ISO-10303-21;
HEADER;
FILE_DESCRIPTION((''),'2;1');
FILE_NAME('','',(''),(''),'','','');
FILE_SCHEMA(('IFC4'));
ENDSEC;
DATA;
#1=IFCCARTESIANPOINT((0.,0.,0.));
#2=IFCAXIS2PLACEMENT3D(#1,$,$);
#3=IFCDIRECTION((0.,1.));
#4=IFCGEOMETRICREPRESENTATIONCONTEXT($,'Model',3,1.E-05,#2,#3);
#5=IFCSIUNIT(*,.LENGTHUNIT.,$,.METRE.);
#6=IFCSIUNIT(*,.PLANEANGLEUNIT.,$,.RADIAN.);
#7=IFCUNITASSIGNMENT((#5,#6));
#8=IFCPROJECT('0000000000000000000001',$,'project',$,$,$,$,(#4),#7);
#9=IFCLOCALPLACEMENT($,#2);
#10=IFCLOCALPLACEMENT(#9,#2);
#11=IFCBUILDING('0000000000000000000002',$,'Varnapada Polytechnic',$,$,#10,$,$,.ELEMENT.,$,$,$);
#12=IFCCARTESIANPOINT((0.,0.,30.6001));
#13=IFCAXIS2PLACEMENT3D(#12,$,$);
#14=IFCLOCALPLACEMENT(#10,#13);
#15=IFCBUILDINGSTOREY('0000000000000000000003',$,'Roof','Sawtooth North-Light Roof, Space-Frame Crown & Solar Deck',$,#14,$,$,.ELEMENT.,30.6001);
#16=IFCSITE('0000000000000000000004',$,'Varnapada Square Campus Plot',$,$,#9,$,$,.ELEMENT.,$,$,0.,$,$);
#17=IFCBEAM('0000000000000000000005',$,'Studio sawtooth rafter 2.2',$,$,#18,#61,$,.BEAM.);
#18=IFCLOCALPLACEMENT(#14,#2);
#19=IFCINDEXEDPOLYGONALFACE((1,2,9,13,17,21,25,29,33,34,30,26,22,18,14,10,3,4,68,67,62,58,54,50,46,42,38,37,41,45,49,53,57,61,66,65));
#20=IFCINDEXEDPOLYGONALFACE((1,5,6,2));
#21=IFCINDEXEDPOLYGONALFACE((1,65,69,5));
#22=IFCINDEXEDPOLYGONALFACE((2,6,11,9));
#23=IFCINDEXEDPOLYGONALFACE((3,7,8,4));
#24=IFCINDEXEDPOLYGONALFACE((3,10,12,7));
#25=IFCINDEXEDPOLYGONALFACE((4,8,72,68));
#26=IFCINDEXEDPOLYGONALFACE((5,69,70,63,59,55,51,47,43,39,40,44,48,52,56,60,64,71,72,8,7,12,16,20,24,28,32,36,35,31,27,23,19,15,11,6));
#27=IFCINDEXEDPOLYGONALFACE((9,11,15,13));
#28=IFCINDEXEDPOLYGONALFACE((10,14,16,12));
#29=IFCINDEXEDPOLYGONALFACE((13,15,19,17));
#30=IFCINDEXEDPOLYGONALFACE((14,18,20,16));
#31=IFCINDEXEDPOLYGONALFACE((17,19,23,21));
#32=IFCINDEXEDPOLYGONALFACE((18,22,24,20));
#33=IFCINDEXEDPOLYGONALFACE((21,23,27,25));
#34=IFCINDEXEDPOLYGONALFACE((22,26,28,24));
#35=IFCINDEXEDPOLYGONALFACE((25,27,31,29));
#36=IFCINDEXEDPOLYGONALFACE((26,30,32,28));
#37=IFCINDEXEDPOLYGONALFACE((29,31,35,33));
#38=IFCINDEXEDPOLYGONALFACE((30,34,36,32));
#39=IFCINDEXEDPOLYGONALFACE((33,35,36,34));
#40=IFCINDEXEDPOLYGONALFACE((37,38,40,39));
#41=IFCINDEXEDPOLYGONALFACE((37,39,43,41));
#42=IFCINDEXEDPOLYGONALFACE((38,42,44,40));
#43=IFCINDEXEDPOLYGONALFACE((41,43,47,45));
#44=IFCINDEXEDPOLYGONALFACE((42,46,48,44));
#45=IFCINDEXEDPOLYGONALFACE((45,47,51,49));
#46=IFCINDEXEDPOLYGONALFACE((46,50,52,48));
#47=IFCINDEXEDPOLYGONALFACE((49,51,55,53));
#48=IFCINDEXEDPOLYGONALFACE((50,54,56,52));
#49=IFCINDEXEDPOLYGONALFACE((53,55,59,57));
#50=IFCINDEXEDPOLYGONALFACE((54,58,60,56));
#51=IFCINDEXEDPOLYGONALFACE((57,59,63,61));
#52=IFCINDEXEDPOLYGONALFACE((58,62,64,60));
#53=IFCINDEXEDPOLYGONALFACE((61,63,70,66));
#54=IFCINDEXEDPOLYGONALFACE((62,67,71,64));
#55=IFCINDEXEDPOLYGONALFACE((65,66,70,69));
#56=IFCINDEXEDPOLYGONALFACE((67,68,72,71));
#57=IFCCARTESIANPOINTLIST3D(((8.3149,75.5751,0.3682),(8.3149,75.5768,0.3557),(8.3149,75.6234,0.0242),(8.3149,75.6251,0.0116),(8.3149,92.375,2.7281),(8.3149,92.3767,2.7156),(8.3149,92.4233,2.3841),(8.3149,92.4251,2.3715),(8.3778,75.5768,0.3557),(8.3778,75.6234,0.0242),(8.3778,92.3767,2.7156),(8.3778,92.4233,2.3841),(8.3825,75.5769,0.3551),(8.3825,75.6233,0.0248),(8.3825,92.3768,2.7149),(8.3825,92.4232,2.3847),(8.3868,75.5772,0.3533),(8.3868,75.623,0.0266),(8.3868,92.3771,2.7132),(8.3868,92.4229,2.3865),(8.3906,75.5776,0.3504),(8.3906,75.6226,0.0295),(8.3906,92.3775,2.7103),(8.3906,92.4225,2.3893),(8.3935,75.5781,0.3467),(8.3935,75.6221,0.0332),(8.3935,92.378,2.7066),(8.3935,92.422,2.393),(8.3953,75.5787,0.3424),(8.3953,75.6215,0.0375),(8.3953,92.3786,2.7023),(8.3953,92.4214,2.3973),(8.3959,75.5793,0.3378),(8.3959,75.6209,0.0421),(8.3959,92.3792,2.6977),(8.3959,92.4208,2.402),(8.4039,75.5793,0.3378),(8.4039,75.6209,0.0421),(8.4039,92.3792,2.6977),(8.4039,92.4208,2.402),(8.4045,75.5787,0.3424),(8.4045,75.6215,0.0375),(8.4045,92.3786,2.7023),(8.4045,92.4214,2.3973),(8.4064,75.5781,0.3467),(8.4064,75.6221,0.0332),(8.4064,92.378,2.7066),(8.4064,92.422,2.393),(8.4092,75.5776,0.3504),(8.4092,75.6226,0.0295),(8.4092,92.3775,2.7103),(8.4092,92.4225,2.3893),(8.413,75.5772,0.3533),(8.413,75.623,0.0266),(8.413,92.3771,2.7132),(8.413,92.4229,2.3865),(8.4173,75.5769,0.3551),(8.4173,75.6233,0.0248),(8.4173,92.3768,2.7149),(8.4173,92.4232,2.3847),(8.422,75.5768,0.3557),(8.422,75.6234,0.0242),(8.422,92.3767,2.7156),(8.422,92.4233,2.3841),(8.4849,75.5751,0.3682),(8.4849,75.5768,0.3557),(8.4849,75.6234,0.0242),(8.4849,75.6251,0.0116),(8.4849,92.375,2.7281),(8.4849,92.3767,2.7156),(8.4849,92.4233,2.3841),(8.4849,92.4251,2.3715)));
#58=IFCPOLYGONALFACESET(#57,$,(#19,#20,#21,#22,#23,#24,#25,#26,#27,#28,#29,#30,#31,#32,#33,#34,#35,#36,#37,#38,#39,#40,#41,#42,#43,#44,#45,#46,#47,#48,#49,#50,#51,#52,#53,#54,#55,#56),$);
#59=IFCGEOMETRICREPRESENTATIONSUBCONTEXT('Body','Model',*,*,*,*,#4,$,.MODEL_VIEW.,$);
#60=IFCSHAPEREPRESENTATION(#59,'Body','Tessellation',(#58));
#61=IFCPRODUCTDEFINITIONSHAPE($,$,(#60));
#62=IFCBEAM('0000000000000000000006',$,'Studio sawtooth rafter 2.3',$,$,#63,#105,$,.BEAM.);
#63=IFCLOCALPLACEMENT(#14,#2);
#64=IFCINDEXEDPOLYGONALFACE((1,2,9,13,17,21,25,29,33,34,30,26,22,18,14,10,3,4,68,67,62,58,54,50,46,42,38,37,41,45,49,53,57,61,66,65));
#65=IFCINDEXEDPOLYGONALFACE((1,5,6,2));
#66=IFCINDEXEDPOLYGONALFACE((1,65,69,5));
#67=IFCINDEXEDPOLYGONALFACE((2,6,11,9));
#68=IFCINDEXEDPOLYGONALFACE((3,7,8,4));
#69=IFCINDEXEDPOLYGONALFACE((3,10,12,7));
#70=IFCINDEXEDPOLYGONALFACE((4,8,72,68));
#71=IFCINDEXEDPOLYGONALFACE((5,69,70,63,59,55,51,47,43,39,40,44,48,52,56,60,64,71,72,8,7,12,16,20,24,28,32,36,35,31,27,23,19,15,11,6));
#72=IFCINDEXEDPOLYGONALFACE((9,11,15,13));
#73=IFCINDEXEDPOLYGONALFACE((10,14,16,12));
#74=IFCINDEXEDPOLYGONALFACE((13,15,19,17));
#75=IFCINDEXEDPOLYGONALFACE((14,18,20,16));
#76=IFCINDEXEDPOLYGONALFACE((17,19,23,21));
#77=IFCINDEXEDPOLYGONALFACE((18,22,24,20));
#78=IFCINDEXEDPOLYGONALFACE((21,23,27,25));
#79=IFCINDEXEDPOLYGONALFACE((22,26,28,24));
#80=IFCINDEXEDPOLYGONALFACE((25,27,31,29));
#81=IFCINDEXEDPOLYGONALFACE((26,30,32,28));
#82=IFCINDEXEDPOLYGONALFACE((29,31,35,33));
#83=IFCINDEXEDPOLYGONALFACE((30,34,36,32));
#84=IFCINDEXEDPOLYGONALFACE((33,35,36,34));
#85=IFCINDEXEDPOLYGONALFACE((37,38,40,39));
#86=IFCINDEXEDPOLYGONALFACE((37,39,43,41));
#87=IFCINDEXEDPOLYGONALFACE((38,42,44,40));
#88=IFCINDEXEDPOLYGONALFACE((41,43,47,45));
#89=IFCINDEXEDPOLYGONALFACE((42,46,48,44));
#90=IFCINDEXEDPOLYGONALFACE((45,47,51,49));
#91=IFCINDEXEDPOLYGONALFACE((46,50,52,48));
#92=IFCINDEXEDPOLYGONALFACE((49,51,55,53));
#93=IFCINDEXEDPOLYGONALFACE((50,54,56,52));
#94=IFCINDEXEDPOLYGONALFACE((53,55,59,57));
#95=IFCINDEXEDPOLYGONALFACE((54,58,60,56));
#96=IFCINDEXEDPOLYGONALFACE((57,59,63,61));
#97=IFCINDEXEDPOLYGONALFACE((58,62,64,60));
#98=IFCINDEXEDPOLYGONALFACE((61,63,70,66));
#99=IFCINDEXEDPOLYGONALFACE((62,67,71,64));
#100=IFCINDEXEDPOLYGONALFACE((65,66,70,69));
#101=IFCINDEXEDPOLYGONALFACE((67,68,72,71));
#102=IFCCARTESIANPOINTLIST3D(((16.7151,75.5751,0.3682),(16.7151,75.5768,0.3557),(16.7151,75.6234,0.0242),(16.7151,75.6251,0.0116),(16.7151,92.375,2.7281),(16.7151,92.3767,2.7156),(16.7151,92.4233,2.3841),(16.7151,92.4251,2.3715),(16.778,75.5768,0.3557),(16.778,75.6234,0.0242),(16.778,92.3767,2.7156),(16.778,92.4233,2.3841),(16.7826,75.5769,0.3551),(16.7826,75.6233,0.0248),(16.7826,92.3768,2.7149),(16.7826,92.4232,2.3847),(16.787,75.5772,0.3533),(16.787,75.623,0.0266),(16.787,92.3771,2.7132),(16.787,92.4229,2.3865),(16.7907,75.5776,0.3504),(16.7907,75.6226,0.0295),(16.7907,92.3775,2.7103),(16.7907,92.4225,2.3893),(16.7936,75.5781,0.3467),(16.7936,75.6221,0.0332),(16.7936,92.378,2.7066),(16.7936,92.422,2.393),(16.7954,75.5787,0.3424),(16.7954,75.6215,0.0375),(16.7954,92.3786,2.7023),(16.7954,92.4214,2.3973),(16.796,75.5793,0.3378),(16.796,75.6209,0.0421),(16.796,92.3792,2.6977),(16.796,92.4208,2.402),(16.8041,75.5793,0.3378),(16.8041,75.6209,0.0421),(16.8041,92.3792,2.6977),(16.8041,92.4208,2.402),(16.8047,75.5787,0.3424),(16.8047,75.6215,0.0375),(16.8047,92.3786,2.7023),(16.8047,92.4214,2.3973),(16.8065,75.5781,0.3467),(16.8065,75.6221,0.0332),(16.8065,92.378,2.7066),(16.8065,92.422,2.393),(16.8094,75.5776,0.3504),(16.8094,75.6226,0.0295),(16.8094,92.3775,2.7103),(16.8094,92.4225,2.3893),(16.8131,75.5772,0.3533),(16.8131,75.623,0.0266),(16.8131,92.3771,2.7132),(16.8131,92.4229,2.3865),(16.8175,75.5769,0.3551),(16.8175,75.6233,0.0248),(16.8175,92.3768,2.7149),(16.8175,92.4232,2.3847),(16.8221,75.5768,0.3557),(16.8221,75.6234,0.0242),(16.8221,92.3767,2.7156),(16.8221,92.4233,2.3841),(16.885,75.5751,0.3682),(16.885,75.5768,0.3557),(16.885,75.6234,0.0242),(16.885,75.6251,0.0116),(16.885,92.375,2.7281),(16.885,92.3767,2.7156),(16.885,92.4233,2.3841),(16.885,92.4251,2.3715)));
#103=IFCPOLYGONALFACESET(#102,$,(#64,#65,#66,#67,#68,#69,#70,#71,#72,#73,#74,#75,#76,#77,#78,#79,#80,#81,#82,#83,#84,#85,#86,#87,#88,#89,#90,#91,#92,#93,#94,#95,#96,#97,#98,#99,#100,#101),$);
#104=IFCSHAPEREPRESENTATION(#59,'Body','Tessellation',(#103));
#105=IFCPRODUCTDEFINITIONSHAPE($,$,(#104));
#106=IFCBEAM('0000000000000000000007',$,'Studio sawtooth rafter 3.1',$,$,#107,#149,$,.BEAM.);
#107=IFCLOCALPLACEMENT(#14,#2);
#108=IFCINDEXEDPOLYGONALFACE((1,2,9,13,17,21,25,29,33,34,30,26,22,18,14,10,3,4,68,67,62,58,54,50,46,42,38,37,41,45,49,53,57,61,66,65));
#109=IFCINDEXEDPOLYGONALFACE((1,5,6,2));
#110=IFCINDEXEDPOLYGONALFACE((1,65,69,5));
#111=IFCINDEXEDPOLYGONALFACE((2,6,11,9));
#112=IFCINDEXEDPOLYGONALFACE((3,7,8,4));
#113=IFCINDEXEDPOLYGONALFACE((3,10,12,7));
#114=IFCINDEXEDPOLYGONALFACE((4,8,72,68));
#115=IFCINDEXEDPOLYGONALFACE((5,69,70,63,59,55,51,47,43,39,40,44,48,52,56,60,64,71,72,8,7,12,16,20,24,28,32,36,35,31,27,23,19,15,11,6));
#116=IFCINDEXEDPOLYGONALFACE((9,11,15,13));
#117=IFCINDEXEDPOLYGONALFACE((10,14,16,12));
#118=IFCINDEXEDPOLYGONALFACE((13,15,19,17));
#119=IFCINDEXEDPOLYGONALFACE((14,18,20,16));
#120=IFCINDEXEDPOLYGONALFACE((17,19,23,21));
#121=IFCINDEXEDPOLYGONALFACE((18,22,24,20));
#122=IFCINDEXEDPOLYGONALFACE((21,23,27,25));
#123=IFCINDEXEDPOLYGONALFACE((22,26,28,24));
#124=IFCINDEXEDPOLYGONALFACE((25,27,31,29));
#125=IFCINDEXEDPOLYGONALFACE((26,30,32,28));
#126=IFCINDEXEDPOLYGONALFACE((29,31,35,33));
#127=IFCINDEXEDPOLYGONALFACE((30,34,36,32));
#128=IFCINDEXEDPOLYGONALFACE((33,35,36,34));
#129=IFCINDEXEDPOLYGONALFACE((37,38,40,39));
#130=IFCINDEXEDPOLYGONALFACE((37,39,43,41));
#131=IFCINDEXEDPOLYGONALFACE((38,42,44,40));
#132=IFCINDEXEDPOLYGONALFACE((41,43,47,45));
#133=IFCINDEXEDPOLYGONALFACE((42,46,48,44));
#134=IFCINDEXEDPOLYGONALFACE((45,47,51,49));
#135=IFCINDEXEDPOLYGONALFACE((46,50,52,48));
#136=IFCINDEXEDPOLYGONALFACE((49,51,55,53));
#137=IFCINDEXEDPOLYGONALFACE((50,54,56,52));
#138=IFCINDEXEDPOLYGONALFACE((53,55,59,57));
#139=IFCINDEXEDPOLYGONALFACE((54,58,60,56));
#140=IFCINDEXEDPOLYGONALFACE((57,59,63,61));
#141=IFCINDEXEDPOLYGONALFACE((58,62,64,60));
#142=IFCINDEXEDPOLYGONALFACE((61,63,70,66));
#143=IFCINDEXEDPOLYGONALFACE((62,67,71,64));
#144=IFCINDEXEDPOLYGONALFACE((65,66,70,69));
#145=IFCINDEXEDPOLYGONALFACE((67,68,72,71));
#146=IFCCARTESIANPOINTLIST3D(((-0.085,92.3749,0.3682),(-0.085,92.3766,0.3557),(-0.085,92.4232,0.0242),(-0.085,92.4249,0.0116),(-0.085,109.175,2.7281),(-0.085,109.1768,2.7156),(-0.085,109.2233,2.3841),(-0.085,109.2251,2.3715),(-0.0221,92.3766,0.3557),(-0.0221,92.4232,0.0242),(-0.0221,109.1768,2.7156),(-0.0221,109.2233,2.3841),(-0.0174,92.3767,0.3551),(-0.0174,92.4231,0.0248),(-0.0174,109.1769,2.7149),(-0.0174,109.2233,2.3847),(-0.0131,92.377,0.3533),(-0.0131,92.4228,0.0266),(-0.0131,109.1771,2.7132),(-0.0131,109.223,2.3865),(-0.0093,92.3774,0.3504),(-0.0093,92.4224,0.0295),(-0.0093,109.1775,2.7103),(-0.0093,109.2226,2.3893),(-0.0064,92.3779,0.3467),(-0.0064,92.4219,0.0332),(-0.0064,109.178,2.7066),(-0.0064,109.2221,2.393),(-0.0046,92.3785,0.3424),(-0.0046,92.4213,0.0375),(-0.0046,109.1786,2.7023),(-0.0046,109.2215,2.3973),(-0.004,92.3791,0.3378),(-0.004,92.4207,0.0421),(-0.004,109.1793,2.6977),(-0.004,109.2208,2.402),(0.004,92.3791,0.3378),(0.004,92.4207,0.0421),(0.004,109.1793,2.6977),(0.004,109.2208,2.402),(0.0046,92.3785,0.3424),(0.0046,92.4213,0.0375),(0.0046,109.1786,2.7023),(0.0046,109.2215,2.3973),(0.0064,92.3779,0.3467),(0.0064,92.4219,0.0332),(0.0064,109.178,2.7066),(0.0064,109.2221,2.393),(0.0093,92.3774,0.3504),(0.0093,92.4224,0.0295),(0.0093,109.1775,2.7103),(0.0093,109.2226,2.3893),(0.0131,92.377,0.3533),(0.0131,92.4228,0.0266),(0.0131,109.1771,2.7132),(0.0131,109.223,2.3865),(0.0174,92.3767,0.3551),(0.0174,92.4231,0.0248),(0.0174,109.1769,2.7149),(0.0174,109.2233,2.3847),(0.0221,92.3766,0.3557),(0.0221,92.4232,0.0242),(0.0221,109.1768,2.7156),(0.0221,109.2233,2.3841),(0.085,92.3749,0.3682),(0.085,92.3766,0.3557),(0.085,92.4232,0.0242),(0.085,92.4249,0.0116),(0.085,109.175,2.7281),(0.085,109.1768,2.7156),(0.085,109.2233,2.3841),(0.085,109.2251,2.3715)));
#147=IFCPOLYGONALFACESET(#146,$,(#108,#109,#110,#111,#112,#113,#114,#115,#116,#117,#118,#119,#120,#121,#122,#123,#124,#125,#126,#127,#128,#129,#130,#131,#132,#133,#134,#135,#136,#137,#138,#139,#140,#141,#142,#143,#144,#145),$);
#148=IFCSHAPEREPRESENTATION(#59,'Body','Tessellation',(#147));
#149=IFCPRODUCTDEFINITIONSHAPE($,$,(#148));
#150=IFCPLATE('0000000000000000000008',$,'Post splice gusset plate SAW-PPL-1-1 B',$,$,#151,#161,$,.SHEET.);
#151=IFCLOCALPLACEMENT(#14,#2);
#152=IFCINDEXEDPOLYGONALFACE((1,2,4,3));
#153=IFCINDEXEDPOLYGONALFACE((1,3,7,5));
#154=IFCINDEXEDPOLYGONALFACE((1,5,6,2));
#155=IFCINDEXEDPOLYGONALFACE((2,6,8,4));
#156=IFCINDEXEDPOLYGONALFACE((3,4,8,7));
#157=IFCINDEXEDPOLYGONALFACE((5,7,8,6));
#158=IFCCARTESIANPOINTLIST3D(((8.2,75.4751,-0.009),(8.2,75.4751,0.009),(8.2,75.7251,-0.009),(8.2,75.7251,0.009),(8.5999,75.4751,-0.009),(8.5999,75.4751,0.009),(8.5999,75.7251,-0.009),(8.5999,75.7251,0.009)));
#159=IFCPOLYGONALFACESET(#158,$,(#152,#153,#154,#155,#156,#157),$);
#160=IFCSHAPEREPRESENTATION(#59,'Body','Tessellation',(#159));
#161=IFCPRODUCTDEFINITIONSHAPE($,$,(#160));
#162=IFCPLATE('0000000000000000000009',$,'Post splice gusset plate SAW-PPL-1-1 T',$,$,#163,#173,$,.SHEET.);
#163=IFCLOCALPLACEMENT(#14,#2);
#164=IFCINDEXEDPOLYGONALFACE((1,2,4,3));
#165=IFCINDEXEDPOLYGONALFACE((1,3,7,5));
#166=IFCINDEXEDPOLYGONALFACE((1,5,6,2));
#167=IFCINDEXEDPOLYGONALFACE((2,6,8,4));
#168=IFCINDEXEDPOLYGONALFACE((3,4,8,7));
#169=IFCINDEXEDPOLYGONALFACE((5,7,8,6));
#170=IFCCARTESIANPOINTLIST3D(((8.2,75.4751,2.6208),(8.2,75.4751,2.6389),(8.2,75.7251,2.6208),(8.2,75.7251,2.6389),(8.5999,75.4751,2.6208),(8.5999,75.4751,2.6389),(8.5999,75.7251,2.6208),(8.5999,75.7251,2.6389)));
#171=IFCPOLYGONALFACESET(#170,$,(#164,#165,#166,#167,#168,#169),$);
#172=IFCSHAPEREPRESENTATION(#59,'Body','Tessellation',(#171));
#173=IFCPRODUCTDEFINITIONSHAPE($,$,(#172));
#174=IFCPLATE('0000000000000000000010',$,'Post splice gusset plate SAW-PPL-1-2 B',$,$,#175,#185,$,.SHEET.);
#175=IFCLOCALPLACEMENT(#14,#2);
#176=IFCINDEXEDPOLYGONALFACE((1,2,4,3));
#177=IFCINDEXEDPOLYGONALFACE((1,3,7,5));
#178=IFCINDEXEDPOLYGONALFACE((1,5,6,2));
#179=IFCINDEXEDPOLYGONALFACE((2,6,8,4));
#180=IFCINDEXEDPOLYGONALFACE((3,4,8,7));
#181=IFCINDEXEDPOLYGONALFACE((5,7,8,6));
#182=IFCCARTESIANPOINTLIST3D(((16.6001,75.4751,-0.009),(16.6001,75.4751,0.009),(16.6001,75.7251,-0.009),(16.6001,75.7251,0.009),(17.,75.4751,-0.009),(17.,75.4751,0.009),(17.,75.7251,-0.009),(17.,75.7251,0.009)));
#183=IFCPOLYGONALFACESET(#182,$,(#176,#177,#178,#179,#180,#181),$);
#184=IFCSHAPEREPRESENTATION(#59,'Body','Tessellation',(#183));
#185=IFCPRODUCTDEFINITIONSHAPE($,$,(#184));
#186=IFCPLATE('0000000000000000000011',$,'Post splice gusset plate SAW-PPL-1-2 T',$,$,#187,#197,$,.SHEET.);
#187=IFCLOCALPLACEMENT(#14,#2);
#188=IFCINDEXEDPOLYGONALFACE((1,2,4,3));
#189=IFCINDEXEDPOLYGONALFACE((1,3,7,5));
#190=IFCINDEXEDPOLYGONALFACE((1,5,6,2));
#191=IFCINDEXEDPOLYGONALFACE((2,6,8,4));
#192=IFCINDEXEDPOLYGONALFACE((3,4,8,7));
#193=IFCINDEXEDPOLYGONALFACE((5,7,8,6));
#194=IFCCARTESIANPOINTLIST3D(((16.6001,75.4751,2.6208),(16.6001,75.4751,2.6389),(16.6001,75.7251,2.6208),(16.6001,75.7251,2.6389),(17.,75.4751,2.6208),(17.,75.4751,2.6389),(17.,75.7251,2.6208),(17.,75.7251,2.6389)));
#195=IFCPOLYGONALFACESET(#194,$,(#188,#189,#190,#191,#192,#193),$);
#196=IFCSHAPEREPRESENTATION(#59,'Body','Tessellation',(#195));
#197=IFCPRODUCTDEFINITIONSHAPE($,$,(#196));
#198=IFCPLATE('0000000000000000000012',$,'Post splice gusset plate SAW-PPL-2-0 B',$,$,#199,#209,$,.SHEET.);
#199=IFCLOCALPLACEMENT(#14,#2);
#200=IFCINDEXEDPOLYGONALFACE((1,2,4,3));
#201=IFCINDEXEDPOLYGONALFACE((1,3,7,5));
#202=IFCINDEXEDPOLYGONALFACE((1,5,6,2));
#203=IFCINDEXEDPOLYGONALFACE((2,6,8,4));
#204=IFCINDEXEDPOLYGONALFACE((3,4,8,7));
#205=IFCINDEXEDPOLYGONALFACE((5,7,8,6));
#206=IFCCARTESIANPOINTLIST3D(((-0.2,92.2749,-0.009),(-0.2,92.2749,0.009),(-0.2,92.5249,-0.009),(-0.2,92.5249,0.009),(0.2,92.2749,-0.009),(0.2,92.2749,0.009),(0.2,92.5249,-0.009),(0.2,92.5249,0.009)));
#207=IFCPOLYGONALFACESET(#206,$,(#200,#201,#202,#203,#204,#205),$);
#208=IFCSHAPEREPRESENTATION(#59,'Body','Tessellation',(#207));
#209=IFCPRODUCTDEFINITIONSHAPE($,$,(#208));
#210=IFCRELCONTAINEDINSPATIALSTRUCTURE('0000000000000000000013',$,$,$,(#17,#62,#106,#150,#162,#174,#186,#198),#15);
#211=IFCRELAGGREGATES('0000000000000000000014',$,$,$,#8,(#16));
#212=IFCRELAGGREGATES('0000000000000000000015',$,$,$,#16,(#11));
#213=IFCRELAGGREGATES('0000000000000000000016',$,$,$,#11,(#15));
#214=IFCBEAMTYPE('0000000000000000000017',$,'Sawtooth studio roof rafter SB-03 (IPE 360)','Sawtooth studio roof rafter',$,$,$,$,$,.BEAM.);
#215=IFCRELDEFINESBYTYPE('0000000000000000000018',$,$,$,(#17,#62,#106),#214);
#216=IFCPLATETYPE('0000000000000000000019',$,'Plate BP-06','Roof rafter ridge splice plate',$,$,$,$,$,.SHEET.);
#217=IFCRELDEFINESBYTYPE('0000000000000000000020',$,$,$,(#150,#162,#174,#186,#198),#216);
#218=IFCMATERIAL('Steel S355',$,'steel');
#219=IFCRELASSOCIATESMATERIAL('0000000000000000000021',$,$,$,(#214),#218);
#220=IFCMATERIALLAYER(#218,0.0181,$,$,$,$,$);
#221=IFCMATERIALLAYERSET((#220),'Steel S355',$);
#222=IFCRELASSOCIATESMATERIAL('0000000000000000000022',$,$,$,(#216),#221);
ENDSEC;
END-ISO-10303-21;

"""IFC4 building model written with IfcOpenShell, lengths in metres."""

from ifc_helpers import new_model, si_unit, direction, frame, origin, origin_2d, place, context, subcontext, project, spatial, rectangle, i_section, extrude, material, layer, layer_set, material_profile, profile_set, type_object, element, save


model = new_model("IFC4")

# Units and contexts
model_context = context("Model", 3, precision=1e-05, world=origin(), true_north=direction((0.0, 1.0)))
body_context = subcontext(model_context, "Body", "Model", "MODEL_VIEW")
ifc_project = project(units=[si_unit("LENGTHUNIT", "METRE"), si_unit("PLANEANGLEUNIT", "RADIAN")], contexts=[model_context])

# Site, building, storey
site_placement = place(None, origin())
site = spatial("IfcSite", under=ifc_project, at=site_placement, Name="Varnapada Square Campus Plot", CompositionType="ELEMENT", RefElevation=0.0)
building_placement = place(site_placement, origin())
building = spatial("IfcBuilding", under=site, at=building_placement, Name="Varnapada Polytechnic", CompositionType="ELEMENT")
storey_placement = place(building_placement, frame((0.0, 0.0, 30.6001)))
storey = spatial("IfcBuildingStorey", under=building, at=storey_placement, Name="Roof", Description="Sawtooth North-Light Roof, Space-Frame Crown & Solar Deck", CompositionType="ELEMENT", Elevation=30.6001)

# Shared definitions
ifc_material_1 = material(Name="Steel S355", Category="steel")

# Beams
ifc_material_profile_1 = material_profile(ifc_material_1, i_section(OverallWidth=0.1699, OverallDepth=0.3601, WebThickness=0.0081, FlangeThickness=0.0127, FilletRadius=0.0181, at=origin_2d()), Name="IPE 360")
ifc_profile_set_1 = profile_set([ifc_material_profile_1], Name="Steel S355")
beam_type = type_object("IfcBeamType", Name="Sawtooth studio roof rafter SB-03 (IPE 360)", Description="Sawtooth studio roof rafter", PredefinedType="BEAM", material=ifc_profile_set_1)
for number, where, z_axis, x_axis, name in (
    (1, (8.3999, 75.6001, 0.1899), (0.0, 0.990278, 0.139104), (-1.0, 0.0, 0.0), "Studio sawtooth rafter 2.2"),
    (2, (16.8, 75.6001, 0.1899), (0.0, 0.990278, 0.139104), (-1.0, 0.0, 0.0), "Studio sawtooth rafter 2.3"),
):
    element("IfcBeam", number, at=place(storey_placement, frame(where, z_axis=z_axis, x_axis=x_axis)), inside=storey, type_object=beam_type, Name=name, PredefinedType="BEAM", context=body_context, shape_type="SweptSolid", body=[
        extrude(i_section(OverallWidth=0.1699, OverallDepth=0.3601, WebThickness=0.0081, FlangeThickness=0.0127, FilletRadius=0.0181, at=origin_2d()), origin(), (0.0, 0.0, 1.0), 16.9648),
    ])
beam_placement = place(storey_placement, frame((0.0, 92.3999, 0.1899), z_axis=(0.0, 0.990278, 0.139102), x_axis=(-1.0, 0.0, 0.0)))
element("IfcBeam", 3, at=beam_placement, inside=storey, type_object=beam_type, Name="Studio sawtooth rafter 3.1", PredefinedType="BEAM", context=body_context, shape_type="SweptSolid", body=[
    extrude(i_section(OverallWidth=0.1699, OverallDepth=0.3601, WebThickness=0.0081, FlangeThickness=0.0127, FilletRadius=0.0181, at=origin_2d()), origin(), (0.0, 0.0, 1.0), 16.9651),
])

# Plates
ifc_layer_1 = layer(ifc_material_1, 0.0181)
ifc_layer_set_1 = layer_set([ifc_layer_1], Name="Steel S355")
plate_type = type_object("IfcPlateType", Name="Plate BP-06", Description="Roof rafter ridge splice plate", PredefinedType="SHEET", material=ifc_layer_set_1)
for number, where, z_axis, x_axis, name in (
    (4, (8.3999, 75.6001, -0.009), (0.0, 0.0, 1.0), (1.0, 0.0, 0.0), "Post splice gusset plate SAW-PPL-1-1 B"),
    (5, (8.3999, 75.6001, 2.6208), (0.0, 0.0, 1.0), (1.0, 0.0, 0.0), "Post splice gusset plate SAW-PPL-1-1 T"),
    (6, (16.8, 75.6001, -0.009), (0.0, 0.0, 1.0), (1.0, 0.0, 0.0), "Post splice gusset plate SAW-PPL-1-2 B"),
    (7, (16.8, 75.6001, 2.6208), (0.0, 0.0, 1.0), (1.0, 0.0, 0.0), "Post splice gusset plate SAW-PPL-1-2 T"),
    (8, (0.0, 92.3999, -0.009), (0.0, 0.0, 1.0), (1.0, 0.0, 0.0), "Post splice gusset plate SAW-PPL-2-0 B"),
):
    element("IfcPlate", number, at=place(storey_placement, frame(where, z_axis=z_axis, x_axis=x_axis)), inside=storey, type_object=plate_type, Name=name, PredefinedType="SHEET", context=body_context, shape_type="SweptSolid", body=[
        extrude(rectangle(XDim=0.3999, YDim=0.25, at=origin_2d()), origin(), (0.0, 0.0, 1.0), 0.0181),
    ])

save(model, "model.ifc")
